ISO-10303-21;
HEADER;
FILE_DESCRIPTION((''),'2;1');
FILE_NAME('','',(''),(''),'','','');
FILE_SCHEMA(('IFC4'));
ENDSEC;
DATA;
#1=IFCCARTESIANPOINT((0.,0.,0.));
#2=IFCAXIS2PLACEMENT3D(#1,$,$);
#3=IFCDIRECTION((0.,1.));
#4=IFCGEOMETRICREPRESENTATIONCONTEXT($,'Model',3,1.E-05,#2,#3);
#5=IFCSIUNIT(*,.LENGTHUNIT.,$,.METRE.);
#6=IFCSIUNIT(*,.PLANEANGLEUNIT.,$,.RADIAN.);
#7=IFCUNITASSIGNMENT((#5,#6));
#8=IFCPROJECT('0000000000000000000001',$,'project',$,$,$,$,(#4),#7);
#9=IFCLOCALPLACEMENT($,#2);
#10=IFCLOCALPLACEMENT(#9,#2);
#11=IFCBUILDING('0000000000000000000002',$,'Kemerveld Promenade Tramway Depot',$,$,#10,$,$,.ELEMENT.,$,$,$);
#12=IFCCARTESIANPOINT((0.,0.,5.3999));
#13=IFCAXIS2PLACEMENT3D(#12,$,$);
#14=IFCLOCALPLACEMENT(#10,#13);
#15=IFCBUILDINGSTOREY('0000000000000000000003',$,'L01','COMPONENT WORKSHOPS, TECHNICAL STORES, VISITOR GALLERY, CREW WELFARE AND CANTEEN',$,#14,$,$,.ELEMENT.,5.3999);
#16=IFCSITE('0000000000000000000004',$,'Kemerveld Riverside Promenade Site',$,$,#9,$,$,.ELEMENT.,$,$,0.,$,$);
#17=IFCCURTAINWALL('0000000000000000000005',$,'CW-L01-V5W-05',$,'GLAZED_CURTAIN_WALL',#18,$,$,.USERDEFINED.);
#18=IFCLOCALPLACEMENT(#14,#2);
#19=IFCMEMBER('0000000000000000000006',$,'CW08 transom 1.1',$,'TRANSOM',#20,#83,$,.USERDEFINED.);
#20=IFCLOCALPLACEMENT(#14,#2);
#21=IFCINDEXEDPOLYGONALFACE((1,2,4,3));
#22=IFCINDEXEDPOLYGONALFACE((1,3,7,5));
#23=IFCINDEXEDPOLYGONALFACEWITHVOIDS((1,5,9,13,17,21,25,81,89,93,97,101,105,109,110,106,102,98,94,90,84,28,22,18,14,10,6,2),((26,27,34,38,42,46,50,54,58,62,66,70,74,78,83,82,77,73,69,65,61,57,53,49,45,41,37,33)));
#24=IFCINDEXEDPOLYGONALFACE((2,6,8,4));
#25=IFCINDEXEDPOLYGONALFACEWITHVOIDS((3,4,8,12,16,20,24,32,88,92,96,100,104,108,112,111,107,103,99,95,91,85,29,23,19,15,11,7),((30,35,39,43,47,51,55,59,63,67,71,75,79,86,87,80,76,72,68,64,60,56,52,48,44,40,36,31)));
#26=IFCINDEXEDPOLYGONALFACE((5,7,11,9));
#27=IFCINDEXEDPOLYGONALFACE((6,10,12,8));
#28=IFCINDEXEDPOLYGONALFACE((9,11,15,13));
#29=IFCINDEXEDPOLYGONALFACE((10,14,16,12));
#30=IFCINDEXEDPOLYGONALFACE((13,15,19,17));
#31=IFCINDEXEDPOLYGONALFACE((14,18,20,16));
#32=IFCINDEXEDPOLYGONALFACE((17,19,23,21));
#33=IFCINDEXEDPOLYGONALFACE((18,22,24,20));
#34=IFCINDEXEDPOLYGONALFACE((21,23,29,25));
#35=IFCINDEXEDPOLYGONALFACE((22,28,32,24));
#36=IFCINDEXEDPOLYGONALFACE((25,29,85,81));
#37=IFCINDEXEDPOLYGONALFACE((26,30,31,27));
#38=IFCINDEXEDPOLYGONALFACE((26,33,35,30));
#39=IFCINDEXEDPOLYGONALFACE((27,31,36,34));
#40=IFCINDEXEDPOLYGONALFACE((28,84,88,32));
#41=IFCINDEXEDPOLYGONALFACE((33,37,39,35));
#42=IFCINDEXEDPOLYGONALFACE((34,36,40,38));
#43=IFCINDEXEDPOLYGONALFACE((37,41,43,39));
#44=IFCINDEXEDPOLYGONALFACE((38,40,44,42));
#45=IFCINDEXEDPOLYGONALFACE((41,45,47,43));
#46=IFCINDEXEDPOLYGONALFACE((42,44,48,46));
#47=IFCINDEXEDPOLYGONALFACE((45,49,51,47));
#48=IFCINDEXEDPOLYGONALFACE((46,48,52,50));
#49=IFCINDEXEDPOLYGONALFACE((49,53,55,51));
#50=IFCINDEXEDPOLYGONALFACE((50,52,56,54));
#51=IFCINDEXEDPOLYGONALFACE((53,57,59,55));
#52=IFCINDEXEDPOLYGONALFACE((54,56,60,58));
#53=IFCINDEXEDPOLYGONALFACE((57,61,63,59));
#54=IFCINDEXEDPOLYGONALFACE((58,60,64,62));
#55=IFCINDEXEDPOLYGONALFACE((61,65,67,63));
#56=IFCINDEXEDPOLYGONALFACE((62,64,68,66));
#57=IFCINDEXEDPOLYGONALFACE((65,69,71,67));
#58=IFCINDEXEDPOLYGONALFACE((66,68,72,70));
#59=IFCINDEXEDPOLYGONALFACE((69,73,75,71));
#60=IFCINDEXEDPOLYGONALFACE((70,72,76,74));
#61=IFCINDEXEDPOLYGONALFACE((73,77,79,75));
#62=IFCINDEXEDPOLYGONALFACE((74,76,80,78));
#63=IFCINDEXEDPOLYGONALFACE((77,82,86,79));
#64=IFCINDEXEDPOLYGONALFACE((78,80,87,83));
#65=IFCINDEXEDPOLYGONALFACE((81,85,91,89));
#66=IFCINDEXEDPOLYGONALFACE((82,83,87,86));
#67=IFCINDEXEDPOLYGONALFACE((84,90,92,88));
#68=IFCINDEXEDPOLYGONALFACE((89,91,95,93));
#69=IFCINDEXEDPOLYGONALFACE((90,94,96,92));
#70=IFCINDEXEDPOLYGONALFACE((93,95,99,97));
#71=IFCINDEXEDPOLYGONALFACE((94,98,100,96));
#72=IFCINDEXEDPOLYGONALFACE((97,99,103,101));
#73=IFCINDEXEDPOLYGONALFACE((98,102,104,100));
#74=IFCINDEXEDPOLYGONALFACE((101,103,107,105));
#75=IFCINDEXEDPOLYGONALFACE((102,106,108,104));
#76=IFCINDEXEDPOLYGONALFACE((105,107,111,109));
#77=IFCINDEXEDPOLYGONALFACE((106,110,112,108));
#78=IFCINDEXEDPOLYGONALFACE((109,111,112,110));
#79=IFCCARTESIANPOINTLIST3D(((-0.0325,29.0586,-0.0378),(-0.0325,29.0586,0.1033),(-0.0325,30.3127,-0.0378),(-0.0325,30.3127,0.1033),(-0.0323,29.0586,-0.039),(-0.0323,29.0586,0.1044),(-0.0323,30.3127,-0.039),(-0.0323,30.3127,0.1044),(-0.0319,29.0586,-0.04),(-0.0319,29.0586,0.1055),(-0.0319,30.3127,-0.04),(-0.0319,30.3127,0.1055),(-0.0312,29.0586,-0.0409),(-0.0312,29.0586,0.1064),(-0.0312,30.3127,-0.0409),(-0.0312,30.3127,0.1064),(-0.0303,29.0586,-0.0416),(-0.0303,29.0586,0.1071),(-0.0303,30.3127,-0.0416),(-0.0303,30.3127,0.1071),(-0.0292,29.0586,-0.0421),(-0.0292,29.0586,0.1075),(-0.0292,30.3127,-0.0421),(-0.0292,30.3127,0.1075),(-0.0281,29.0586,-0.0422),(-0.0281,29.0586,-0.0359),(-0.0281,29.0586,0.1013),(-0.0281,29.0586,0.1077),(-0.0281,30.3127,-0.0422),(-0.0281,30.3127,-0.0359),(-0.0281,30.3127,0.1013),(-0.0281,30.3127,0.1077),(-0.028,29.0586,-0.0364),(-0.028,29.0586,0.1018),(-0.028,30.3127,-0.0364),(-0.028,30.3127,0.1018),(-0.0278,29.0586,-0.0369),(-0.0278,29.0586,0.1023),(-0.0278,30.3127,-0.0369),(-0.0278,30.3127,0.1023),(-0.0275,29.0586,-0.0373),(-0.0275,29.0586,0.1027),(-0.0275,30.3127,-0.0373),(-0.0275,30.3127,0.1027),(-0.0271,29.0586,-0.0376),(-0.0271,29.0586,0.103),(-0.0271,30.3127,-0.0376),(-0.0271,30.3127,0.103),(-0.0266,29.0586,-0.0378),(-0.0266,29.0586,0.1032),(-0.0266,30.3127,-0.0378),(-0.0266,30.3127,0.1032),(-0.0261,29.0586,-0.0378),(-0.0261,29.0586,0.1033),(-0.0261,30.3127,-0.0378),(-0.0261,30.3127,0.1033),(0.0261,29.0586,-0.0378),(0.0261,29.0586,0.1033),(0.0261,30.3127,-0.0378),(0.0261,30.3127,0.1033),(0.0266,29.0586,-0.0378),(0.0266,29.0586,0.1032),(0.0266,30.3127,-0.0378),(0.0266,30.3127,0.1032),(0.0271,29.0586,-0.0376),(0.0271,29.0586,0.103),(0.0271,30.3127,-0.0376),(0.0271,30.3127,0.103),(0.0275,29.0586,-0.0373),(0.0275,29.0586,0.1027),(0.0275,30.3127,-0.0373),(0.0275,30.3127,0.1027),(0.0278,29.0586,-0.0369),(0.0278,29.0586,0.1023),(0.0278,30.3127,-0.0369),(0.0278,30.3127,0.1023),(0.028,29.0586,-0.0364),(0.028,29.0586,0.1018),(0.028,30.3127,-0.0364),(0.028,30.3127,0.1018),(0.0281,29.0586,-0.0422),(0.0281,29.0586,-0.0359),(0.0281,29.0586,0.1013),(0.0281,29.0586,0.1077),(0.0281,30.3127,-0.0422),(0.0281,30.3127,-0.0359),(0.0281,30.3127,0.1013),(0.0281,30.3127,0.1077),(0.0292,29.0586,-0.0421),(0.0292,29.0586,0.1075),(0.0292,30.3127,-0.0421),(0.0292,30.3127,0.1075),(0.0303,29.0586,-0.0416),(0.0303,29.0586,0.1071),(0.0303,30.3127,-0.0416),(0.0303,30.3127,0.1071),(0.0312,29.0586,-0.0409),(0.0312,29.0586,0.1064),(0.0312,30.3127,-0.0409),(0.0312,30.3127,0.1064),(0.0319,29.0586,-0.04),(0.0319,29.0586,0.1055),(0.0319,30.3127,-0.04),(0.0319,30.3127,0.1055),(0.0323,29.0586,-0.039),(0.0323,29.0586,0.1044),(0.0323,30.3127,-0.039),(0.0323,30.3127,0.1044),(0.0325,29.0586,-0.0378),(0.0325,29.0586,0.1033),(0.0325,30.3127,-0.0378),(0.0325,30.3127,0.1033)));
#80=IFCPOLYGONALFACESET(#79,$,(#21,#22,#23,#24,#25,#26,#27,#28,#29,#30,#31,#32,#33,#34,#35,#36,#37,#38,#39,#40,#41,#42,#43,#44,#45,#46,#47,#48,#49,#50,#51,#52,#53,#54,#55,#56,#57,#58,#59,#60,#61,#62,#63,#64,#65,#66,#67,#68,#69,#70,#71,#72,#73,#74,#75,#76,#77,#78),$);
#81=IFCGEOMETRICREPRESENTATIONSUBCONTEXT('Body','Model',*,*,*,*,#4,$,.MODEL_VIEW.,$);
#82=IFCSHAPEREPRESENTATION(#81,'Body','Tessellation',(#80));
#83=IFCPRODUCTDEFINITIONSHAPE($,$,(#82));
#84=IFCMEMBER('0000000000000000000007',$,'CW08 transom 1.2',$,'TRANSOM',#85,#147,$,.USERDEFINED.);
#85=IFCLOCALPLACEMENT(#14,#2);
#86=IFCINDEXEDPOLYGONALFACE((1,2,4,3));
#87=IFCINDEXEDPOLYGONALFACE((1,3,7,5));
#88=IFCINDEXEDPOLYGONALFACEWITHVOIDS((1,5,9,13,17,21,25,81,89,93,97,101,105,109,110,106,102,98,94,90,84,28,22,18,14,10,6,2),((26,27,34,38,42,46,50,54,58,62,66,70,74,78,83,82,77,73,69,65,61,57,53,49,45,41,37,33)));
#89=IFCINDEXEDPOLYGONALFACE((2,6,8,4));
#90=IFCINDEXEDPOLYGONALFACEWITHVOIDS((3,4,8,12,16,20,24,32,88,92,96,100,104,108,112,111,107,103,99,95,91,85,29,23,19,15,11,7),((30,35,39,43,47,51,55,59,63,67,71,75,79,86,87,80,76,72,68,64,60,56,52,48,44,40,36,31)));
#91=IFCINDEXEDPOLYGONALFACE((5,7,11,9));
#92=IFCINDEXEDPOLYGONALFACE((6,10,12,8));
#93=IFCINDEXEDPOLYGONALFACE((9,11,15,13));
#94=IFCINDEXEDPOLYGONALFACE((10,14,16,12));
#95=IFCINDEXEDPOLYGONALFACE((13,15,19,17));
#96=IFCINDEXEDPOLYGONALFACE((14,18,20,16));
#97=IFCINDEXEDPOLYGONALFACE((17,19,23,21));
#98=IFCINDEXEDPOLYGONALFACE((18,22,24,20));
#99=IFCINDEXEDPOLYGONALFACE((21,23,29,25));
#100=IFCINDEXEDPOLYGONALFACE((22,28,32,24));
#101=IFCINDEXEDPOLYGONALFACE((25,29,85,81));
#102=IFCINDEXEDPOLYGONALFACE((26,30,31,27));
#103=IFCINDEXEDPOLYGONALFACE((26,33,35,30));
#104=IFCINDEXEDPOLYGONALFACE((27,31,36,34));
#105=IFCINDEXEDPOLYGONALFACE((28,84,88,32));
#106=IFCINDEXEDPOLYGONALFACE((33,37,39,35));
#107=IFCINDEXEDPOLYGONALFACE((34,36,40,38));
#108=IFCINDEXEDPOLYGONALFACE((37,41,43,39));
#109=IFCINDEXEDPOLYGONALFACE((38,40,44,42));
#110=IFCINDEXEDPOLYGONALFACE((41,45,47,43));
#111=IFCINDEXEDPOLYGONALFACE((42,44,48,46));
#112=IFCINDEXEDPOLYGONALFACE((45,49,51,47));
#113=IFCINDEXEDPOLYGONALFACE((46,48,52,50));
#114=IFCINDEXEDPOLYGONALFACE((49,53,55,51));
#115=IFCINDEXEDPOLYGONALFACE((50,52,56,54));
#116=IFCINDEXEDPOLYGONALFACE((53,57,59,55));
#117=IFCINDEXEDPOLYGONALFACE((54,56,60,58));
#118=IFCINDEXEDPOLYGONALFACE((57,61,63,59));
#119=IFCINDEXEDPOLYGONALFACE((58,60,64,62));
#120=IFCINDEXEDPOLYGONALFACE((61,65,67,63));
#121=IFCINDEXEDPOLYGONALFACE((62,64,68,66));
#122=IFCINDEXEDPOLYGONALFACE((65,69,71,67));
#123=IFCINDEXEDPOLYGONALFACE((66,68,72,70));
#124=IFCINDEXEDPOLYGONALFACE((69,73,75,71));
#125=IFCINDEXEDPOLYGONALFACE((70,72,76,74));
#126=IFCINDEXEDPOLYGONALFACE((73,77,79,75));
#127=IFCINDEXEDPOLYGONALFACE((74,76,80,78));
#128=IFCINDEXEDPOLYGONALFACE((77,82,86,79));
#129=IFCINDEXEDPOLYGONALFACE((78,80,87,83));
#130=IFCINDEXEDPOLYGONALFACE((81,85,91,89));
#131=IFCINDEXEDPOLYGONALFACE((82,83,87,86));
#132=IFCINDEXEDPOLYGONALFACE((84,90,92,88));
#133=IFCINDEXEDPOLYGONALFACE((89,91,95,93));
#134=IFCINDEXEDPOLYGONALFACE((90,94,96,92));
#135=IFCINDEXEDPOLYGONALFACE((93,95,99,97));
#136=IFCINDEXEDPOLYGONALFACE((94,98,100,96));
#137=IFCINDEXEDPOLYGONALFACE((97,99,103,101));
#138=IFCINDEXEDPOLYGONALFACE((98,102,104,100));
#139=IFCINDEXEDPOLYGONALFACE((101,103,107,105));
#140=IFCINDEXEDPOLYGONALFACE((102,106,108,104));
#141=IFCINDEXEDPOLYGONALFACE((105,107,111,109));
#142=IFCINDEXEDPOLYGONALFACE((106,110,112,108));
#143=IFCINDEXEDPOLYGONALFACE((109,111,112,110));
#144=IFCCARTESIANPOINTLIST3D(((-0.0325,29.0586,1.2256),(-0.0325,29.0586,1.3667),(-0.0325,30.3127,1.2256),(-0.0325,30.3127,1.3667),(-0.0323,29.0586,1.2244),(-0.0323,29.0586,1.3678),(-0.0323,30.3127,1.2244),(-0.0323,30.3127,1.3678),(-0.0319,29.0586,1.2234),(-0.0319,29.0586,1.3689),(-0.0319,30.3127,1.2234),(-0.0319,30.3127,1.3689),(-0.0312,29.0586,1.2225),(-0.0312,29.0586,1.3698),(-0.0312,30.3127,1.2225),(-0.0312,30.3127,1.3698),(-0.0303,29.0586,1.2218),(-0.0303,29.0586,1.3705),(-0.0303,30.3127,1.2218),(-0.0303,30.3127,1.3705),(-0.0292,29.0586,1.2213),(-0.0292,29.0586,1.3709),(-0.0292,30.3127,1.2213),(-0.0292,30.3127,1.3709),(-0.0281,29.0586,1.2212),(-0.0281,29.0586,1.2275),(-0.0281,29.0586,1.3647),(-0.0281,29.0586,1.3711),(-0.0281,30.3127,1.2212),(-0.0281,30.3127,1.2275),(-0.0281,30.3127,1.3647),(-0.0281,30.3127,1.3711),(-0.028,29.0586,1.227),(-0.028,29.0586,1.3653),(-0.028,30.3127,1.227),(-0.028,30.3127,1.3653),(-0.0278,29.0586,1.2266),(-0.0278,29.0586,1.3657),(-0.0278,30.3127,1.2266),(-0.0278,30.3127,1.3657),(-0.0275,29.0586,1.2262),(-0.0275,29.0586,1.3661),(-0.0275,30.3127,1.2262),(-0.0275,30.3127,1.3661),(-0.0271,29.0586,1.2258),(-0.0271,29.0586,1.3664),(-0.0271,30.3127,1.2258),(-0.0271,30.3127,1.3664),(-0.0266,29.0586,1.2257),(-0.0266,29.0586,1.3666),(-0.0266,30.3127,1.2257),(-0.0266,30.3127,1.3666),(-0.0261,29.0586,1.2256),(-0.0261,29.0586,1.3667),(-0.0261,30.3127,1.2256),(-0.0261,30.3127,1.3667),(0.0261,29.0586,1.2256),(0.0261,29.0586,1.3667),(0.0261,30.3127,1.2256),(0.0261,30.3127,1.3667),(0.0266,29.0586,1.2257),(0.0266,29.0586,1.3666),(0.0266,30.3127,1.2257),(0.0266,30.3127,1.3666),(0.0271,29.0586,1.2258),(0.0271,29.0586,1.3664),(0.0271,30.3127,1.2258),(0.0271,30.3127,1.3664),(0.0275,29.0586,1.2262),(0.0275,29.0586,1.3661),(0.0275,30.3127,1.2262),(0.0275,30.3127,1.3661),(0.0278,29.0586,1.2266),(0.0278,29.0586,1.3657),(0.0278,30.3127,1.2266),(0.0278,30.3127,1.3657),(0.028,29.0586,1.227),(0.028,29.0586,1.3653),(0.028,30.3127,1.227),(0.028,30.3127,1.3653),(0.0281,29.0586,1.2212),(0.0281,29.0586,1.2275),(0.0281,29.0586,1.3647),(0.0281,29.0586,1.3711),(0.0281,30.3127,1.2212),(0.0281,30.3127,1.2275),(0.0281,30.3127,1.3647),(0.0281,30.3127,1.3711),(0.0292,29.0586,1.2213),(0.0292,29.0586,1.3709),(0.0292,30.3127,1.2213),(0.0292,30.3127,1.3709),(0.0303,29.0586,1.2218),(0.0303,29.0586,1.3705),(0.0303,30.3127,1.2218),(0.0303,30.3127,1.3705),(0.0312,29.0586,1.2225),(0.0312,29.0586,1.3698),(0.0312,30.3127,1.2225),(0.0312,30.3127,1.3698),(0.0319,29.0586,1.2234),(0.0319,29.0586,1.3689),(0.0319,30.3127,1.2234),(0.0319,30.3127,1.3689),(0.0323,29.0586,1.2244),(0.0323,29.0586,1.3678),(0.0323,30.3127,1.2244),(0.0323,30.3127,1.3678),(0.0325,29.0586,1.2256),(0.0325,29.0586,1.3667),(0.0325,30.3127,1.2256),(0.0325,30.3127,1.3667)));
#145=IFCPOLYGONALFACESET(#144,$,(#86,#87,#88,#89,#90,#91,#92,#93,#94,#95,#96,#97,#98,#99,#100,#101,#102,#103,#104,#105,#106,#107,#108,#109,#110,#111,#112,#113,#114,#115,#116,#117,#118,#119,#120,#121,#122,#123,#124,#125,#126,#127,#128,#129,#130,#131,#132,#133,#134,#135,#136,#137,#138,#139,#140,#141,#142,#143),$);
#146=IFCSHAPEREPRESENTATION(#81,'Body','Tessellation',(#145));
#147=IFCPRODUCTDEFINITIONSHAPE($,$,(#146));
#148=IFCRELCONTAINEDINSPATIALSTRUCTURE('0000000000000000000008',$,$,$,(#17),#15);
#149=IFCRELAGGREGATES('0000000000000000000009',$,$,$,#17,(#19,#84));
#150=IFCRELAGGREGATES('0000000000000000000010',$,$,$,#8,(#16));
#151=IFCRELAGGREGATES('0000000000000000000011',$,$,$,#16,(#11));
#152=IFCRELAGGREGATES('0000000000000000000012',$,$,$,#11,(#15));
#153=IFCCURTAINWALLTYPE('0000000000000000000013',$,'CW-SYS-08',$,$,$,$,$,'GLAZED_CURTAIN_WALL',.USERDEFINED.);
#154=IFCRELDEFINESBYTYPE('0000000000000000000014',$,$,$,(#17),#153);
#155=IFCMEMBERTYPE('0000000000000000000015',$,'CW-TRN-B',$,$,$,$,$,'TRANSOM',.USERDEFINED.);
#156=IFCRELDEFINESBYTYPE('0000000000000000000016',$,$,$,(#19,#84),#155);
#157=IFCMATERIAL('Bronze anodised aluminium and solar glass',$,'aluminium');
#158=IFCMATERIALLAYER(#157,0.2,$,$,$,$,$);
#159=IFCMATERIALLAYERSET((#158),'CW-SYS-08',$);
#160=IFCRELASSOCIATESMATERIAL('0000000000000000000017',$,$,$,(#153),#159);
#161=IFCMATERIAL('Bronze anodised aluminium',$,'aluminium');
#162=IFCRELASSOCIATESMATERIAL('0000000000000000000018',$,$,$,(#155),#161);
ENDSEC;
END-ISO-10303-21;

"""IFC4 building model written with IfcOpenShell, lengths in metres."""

from ifc_helpers import new_model, si_unit, direction, frame, origin, origin_2d, place, context, subcontext, project, spatial, hollow_rectangle, extrude, material, layer, layer_set, material_profile, profile_set, type_object, element, aggregate, save


model = new_model("IFC4")

# Units and contexts
model_context = context("Model", 3, precision=1e-05, world=origin(), true_north=direction((0.0, 1.0)))
body_context = subcontext(model_context, "Body", "Model", "MODEL_VIEW")
ifc_project = project(units=[si_unit("LENGTHUNIT", "METRE"), si_unit("PLANEANGLEUNIT", "RADIAN")], contexts=[model_context])

# Site, building, storey
site_placement = place(None, origin())
site = spatial("IfcSite", under=ifc_project, at=site_placement, Name="Kemerveld Riverside Promenade Site", CompositionType="ELEMENT", RefElevation=0.0)
building_placement = place(site_placement, origin())
building = spatial("IfcBuilding", under=site, at=building_placement, Name="Kemerveld Promenade Tramway Depot", CompositionType="ELEMENT")
storey_placement = place(building_placement, frame((0.0, 0.0, 5.3999)))
storey = spatial("IfcBuildingStorey", under=building, at=storey_placement, Name="L01", Description="COMPONENT WORKSHOPS, TECHNICAL STORES, VISITOR GALLERY, CREW WELFARE AND CANTEEN", CompositionType="ELEMENT", Elevation=5.3999)

# Curtain wall, members
ifc_material_1 = material(Name="Bronze anodised aluminium and solar glass", Category="aluminium")
ifc_layer_1 = layer(ifc_material_1, 0.2)
ifc_layer_set_1 = layer_set([ifc_layer_1], Name="CW-SYS-08")
curtain_wall_type = type_object("IfcCurtainWallType", Name="CW-SYS-08", ElementType="GLAZED_CURTAIN_WALL", PredefinedType="USERDEFINED", material=ifc_layer_set_1)
curtain_wall_placement = place(storey_placement, origin())
curtain_wall = element("IfcCurtainWall", 1, at=curtain_wall_placement, inside=storey, type_object=curtain_wall_type, Name="CW-L01-V5W-05", ObjectType="GLAZED_CURTAIN_WALL", PredefinedType="USERDEFINED")
ifc_material_2 = material(Name="Bronze anodised aluminium", Category="aluminium")
ifc_material_profile_1 = material_profile(ifc_material_2, hollow_rectangle(XDim=0.0649, YDim=0.1499, WallThickness=0.0044, InnerFilletRadius=0.002, OuterFilletRadius=0.0044, at=origin_2d()), Name="CW-TRN-150x65")
ifc_profile_set_1 = profile_set([ifc_material_profile_1], Name="Bronze anodised aluminium")
member_type_1 = type_object("IfcMemberType", Name="CW-TRN-B", ElementType="TRANSOM", PredefinedType="USERDEFINED", material=ifc_profile_set_1)
member_1_placement = place(storey_placement, frame((0.0, 29.0586, 0.0327), z_axis=(0.0, 1.0, 0.0), x_axis=(-1.0, 0.0, 0.0)))
member_1 = element("IfcMember", 2, at=member_1_placement, type_object=member_type_1, Name="CW08 transom 1.1", ObjectType="TRANSOM", PredefinedType="USERDEFINED", context=body_context, shape_type="SweptSolid", body=[
    extrude(hollow_rectangle(XDim=0.0649, YDim=0.1499, WallThickness=0.0044, InnerFilletRadius=0.002, OuterFilletRadius=0.0044, at=origin_2d()), origin(), (0.0, 0.0, 1.0), 1.2542),
])
member_2_placement = place(storey_placement, frame((0.0, 29.0586, 1.2961), z_axis=(0.0, 1.0, 0.0), x_axis=(-1.0, 0.0, 0.0)))
member_2 = element("IfcMember", 3, at=member_2_placement, type_object=member_type_1, Name="CW08 transom 1.2", ObjectType="TRANSOM", PredefinedType="USERDEFINED", context=body_context, shape_type="SweptSolid", body=[
    extrude(hollow_rectangle(XDim=0.0649, YDim=0.1499, WallThickness=0.0044, InnerFilletRadius=0.002, OuterFilletRadius=0.0044, at=origin_2d()), origin(), (0.0, 0.0, 1.0), 1.2542),
])
aggregate(curtain_wall, [member_1, member_2])

save(model, "model.ifc")
